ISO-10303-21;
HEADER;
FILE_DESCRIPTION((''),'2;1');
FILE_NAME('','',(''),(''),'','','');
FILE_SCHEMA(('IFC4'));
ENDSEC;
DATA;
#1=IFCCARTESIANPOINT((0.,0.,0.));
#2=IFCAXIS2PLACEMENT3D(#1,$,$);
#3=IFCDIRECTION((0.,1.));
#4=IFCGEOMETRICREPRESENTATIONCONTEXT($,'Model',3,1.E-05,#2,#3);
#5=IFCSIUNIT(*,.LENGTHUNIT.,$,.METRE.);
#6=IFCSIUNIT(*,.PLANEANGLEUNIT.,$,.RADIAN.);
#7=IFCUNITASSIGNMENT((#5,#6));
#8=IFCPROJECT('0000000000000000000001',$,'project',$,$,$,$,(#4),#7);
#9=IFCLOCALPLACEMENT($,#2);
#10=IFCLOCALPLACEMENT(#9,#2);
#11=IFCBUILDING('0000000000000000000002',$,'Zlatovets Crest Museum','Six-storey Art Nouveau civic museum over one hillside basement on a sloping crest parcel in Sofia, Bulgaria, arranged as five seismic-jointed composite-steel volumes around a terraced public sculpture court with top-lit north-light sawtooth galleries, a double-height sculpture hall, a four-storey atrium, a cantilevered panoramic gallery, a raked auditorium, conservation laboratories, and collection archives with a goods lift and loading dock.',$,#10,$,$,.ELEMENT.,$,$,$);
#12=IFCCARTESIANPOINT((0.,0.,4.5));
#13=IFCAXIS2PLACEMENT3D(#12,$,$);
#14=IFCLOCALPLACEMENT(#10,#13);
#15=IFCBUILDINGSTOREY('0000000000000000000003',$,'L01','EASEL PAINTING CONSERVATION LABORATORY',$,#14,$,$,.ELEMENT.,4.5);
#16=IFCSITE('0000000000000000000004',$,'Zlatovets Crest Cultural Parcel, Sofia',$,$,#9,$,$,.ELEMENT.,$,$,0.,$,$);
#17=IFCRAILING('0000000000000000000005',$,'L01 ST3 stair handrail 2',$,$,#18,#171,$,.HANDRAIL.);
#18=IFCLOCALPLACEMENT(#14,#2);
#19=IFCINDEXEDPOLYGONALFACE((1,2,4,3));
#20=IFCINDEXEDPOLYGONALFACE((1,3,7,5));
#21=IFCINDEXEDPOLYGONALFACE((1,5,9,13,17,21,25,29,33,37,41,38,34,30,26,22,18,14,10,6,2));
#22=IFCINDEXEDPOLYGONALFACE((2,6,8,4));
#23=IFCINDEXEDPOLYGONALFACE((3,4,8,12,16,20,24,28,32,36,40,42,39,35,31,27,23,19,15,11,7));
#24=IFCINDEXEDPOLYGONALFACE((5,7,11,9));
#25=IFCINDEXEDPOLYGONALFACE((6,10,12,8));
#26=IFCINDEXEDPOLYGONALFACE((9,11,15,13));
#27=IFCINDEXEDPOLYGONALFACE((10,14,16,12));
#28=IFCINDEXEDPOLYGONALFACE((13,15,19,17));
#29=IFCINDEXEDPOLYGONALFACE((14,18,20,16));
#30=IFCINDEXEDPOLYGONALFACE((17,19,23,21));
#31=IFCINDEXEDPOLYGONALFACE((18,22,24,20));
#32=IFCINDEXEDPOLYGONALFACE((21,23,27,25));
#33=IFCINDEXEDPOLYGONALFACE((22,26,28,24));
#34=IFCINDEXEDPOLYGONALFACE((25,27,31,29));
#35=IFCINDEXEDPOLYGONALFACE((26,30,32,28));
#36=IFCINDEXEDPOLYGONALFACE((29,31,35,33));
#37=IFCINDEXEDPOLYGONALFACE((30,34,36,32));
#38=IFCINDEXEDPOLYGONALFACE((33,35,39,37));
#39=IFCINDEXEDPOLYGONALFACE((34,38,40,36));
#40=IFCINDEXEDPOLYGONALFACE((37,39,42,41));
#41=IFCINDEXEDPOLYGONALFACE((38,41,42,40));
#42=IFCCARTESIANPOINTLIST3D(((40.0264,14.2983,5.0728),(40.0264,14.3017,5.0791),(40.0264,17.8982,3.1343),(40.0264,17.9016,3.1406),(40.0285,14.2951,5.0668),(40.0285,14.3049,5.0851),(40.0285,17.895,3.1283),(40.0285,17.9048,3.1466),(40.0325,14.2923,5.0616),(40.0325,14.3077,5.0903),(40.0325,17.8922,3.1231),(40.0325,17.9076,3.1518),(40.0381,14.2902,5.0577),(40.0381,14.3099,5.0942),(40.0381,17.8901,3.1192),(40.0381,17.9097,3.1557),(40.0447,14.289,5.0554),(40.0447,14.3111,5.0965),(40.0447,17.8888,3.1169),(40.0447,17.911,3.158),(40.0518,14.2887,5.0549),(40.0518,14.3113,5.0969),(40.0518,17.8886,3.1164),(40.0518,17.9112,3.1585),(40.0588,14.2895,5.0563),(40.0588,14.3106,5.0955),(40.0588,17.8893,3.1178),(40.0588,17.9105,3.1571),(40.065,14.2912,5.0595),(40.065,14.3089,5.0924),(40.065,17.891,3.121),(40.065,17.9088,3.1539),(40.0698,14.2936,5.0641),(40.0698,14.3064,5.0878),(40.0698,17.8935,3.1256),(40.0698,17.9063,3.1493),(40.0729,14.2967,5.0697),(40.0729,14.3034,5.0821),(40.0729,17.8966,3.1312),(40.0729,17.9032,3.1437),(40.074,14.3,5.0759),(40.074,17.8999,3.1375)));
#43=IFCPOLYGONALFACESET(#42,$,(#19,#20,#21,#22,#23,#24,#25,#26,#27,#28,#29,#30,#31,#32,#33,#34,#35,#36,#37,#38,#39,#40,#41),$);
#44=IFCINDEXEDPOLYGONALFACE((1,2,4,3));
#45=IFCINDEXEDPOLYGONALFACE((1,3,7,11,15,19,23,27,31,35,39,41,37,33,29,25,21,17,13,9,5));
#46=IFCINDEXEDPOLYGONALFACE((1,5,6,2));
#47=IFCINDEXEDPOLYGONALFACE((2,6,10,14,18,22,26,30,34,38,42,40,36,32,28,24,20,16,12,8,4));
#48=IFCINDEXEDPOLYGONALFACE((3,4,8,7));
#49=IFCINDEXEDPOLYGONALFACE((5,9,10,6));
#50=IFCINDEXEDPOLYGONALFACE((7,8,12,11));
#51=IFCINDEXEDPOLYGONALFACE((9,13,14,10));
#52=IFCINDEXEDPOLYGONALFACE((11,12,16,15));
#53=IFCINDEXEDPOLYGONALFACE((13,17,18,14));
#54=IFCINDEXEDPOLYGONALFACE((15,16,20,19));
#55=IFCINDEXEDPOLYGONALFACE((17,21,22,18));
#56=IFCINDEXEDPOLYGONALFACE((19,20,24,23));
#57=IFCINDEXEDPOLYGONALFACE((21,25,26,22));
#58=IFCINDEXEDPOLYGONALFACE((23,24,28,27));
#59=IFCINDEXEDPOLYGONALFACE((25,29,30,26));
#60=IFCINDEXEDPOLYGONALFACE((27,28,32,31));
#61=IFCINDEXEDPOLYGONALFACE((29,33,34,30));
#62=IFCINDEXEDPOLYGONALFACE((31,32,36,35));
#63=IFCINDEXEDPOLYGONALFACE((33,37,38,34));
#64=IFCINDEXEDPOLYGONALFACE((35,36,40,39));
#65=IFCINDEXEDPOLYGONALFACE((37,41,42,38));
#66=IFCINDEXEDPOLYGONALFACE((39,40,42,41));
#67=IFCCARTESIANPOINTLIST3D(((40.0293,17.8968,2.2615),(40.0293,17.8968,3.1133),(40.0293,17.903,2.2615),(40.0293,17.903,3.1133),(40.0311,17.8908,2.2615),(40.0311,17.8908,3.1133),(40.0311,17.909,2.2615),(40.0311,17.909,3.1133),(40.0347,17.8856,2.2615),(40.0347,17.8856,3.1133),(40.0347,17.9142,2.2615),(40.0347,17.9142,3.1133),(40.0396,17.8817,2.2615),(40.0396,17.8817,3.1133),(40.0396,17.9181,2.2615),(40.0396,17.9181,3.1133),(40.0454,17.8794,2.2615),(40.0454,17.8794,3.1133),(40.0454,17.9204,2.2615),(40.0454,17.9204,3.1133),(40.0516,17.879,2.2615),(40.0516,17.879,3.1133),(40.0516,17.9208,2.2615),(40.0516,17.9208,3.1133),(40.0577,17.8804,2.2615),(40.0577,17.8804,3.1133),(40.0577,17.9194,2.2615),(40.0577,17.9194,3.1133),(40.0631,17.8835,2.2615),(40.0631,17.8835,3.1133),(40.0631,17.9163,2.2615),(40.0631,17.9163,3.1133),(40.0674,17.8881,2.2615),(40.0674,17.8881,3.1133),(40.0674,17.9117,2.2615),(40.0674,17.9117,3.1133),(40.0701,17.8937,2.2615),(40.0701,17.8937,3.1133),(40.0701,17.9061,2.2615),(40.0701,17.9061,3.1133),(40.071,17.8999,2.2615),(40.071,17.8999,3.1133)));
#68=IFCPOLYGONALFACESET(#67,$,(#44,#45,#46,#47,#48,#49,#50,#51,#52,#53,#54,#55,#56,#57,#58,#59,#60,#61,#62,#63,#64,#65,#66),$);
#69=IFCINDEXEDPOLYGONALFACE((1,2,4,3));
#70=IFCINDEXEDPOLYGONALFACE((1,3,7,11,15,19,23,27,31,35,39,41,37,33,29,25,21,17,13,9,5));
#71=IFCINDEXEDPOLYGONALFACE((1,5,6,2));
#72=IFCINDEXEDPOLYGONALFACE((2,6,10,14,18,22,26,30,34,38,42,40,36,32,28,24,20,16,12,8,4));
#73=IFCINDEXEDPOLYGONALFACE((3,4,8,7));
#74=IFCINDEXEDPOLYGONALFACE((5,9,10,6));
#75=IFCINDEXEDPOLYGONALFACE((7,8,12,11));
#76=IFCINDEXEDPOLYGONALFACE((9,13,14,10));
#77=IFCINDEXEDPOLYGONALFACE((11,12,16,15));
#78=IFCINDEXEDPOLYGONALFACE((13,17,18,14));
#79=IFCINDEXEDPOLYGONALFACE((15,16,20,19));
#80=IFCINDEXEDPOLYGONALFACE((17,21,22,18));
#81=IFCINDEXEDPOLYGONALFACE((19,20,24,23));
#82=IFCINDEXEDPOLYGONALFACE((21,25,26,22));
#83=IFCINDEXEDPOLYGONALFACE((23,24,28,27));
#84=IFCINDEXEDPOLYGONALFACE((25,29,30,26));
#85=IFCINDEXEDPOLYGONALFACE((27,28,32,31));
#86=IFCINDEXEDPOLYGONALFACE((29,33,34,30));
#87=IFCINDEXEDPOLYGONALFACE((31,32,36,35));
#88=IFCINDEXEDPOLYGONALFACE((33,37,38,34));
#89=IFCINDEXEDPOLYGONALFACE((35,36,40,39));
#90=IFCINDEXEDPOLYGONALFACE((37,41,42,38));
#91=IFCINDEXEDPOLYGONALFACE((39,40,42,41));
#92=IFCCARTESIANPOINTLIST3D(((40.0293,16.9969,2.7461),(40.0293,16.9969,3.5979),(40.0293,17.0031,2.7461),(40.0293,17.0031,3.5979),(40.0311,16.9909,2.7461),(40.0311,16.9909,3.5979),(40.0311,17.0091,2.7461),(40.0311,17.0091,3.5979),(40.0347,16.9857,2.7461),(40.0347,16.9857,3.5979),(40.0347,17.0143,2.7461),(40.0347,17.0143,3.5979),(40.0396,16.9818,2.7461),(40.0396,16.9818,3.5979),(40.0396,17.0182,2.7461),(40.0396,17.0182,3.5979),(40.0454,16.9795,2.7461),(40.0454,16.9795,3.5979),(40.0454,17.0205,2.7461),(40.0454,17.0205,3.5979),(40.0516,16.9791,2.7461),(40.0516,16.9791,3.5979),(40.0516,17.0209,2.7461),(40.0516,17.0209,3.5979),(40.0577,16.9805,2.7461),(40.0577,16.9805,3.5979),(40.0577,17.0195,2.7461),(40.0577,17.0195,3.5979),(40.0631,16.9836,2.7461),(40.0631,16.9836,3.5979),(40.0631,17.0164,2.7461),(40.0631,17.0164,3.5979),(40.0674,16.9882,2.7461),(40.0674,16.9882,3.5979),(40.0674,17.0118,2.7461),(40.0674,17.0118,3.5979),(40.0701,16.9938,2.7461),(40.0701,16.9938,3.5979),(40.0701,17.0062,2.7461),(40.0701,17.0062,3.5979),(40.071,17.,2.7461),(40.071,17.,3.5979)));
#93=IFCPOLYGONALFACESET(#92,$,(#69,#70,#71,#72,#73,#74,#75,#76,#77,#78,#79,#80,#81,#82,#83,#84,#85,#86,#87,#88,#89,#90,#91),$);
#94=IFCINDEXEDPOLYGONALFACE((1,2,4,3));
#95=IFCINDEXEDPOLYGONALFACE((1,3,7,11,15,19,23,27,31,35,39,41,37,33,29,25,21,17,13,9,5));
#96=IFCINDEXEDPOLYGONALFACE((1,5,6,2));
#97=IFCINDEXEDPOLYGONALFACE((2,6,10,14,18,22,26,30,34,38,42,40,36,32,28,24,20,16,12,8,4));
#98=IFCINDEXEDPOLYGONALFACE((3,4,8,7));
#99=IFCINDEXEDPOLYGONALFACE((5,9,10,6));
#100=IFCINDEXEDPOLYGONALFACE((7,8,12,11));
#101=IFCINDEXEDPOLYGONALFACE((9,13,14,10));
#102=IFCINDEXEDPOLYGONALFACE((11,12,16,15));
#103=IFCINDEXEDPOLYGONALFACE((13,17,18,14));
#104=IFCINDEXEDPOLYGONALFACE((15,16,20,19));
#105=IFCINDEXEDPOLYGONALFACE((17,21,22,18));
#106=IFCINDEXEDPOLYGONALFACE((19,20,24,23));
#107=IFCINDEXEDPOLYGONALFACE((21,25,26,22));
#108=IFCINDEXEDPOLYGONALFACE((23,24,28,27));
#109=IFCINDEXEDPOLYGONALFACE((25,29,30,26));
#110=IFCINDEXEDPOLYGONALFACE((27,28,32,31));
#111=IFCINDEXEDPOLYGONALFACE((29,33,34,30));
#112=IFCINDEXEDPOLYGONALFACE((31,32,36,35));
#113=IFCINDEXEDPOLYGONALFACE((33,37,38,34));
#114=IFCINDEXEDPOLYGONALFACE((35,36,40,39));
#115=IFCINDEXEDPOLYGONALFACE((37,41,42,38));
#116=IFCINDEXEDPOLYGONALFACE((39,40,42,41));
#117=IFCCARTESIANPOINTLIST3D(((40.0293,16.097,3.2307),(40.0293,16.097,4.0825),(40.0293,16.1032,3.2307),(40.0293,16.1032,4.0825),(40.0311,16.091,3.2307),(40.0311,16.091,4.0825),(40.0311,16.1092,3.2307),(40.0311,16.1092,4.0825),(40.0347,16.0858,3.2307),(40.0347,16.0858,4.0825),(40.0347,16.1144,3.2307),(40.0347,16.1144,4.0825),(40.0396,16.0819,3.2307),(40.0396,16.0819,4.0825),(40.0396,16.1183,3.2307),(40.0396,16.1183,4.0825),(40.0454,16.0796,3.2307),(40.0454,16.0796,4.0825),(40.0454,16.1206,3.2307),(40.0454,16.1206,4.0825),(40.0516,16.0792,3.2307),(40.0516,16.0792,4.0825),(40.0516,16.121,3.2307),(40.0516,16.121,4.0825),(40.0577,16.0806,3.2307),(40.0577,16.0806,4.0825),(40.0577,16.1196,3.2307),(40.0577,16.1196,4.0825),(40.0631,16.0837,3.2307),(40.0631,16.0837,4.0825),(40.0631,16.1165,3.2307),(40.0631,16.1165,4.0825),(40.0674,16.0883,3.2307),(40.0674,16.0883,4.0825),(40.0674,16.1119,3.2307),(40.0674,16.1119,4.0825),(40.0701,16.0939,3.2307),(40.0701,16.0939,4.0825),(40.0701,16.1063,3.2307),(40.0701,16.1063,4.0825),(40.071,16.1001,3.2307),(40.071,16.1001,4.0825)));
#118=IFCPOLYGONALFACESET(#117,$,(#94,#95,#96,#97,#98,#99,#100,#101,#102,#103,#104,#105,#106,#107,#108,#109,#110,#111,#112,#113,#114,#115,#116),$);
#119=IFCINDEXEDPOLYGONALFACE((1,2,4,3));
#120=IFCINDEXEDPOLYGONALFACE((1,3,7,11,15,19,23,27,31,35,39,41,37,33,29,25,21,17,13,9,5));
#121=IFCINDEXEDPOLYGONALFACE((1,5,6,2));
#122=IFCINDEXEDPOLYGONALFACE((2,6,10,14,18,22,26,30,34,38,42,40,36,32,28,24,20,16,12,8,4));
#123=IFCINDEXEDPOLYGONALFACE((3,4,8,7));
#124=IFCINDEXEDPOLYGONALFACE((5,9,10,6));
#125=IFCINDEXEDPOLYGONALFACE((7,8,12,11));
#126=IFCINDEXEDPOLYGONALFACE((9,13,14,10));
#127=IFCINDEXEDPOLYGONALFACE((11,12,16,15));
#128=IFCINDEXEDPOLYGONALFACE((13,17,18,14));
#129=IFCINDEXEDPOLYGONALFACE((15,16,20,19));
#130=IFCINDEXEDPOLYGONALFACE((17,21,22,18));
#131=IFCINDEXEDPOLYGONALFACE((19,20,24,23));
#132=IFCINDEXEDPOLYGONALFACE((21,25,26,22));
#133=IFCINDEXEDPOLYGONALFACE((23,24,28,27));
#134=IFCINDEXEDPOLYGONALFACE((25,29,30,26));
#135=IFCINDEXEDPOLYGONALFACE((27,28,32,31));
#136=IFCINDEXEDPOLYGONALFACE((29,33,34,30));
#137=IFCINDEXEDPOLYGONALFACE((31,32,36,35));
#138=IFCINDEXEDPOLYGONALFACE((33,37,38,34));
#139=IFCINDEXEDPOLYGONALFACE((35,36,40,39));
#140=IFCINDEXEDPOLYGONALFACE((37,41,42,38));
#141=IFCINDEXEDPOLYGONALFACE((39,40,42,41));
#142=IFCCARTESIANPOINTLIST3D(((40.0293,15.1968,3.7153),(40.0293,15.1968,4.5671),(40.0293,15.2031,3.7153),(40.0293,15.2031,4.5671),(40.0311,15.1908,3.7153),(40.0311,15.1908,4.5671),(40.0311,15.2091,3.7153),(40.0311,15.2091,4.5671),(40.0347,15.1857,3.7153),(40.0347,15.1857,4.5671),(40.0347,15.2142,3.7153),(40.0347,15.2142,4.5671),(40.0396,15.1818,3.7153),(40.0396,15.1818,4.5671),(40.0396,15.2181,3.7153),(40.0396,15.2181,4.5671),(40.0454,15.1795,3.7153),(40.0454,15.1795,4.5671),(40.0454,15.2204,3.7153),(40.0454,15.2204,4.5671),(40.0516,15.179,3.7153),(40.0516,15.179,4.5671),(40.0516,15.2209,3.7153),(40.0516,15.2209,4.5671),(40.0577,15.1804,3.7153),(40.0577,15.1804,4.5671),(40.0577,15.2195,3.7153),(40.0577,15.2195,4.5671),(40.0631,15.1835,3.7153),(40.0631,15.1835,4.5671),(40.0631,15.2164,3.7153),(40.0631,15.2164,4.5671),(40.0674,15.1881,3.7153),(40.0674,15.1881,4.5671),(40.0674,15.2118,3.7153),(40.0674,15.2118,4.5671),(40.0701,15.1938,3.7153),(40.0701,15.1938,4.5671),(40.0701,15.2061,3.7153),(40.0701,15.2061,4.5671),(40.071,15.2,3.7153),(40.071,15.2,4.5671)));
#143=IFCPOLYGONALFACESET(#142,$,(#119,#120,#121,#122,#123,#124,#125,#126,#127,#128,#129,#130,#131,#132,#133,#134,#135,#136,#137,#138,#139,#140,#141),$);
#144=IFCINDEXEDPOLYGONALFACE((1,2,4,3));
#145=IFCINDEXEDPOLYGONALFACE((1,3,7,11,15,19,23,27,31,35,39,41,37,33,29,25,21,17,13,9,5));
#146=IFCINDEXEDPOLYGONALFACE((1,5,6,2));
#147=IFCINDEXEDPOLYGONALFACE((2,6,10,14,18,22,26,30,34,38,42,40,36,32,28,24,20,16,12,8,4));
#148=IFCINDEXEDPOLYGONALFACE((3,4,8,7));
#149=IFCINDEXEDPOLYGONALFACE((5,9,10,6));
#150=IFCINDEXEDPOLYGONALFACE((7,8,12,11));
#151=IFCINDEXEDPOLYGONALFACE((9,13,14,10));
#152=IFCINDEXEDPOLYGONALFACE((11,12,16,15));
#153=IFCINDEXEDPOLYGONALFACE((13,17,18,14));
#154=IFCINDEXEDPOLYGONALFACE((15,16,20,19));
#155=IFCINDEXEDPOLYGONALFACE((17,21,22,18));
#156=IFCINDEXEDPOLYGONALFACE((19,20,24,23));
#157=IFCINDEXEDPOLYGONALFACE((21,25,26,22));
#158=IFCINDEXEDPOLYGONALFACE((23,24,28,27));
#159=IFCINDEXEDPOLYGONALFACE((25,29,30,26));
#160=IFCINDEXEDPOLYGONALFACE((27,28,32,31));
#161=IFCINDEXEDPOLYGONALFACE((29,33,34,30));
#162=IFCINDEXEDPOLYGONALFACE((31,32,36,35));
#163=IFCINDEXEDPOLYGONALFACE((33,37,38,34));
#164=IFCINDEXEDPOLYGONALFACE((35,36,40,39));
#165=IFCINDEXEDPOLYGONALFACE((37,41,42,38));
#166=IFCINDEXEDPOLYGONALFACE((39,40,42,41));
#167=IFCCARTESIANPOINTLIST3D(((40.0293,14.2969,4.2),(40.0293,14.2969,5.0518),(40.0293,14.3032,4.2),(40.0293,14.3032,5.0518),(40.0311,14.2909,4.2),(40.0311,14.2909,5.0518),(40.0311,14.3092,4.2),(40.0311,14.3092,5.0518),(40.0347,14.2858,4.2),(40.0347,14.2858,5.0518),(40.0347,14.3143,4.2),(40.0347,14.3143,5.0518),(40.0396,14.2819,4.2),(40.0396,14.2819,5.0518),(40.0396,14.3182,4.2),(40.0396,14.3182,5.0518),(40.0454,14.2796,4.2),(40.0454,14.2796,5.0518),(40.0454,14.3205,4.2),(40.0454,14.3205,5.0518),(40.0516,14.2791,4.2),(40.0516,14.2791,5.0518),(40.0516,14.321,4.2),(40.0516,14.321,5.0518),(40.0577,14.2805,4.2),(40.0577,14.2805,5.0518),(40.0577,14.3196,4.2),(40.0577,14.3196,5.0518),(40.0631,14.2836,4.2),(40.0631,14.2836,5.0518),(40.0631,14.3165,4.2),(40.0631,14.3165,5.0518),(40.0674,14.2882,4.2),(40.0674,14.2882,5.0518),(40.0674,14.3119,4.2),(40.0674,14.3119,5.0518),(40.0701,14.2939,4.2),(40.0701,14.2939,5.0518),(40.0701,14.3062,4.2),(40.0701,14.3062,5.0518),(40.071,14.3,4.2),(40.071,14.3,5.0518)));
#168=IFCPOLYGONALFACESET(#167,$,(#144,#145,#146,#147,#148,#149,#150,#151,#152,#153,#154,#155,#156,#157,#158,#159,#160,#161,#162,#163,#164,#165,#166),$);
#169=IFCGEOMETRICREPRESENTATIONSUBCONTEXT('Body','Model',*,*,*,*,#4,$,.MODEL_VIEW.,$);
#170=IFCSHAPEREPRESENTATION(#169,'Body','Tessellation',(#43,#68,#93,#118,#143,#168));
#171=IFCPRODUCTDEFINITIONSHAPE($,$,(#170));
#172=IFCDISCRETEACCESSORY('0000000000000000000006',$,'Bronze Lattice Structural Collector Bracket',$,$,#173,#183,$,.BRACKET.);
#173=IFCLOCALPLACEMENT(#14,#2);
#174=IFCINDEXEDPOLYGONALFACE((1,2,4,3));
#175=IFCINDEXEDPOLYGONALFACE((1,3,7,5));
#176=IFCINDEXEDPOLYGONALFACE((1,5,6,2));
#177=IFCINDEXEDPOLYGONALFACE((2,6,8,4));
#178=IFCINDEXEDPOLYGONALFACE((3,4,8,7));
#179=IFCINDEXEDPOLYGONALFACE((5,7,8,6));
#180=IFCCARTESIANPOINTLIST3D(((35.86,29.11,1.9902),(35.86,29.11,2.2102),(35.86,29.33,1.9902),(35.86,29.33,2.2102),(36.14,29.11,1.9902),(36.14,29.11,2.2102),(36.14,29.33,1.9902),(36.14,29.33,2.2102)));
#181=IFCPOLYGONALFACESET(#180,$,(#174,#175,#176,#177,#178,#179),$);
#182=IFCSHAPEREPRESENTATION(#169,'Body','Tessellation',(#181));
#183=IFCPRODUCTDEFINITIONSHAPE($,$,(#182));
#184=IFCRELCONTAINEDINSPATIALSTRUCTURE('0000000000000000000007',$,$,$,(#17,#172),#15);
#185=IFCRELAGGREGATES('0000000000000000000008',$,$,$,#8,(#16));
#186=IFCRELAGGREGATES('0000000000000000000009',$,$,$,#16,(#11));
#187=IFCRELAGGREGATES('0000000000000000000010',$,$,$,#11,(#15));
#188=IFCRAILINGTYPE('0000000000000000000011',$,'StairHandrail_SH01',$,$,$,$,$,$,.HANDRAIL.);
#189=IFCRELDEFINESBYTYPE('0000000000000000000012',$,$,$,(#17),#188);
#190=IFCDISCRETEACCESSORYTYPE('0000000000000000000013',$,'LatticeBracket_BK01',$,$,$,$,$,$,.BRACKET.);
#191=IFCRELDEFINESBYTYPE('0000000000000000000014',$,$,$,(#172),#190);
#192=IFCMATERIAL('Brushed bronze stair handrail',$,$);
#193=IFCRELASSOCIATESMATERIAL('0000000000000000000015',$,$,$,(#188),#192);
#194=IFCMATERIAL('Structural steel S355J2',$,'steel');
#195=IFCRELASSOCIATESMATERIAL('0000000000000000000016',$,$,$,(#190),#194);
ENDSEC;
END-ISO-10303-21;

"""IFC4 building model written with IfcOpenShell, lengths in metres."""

from ifc_helpers import new_model, si_unit, direction, frame, origin, origin_2d, place, context, subcontext, project, spatial, rectangle, circle, extrude, material, type_object, element, save


model = new_model("IFC4")

# Units and contexts
model_context = context("Model", 3, precision=1e-05, world=origin(), true_north=direction((0.0, 1.0)))
body_context = subcontext(model_context, "Body", "Model", "MODEL_VIEW")
ifc_project = project(units=[si_unit("LENGTHUNIT", "METRE"), si_unit("PLANEANGLEUNIT", "RADIAN")], contexts=[model_context])

# Site, building, storey
site_placement = place(None, origin())
site = spatial("IfcSite", under=ifc_project, at=site_placement, Name="Zlatovets Crest Cultural Parcel, Sofia", CompositionType="ELEMENT", RefElevation=0.0)
building_placement = place(site_placement, origin())
building = spatial("IfcBuilding", under=site, at=building_placement, Name="Zlatovets Crest Museum", Description="Six-storey Art Nouveau civic museum over one hillside basement on a sloping crest parcel in Sofia, Bulgaria, arranged as five seismic-jointed composite-steel volumes around a terraced public sculpture court with top-lit north-light sawtooth galleries, a double-height sculpture hall, a four-storey atrium, a cantilevered panoramic gallery, a raked auditorium, conservation laboratories, and collection archives with a goods lift and loading dock.", CompositionType="ELEMENT")
storey_placement = place(building_placement, frame((0.0, 0.0, 4.5)))
storey = spatial("IfcBuildingStorey", under=building, at=storey_placement, Name="L01", Description="EASEL PAINTING CONSERVATION LABORATORY", CompositionType="ELEMENT", Elevation=4.5)

# Shared definitions
ifc_material_1 = material(Name="Structural steel S355J2", Category="steel")

# Railing
ifc_material_2 = material(Name="Brushed bronze stair handrail")
railing_type_1 = type_object("IfcRailingType", Name="StairHandrail_SH01", PredefinedType="HANDRAIL", material=ifc_material_2)
railing_1_placement = place(storey_placement, frame((40.05, 17.8999, 2.2615)))
element("IfcRailing", 1, at=railing_1_placement, inside=storey, type_object=railing_type_1, Name="L01 ST3 stair handrail 2", PredefinedType="HANDRAIL", context=body_context, shape_type="SweptSolid", body=[
    extrude(circle(Radius=0.0239, at=origin_2d()), frame((0.0, 0.0, 0.876), z_axis=(0.0, -0.880462, 0.474118), x_axis=(1.0, 0.0, 0.0)), (0.0, 0.0, 1.0), 4.0886),
    extrude(circle(Radius=0.021, at=origin_2d()), origin(), (0.0, 0.0, 1.0), 0.8518),
    extrude(circle(Radius=0.021, at=origin_2d()), frame((0.0, -0.8999, 0.4846)), (0.0, 0.0, 1.0), 0.8518),
    extrude(circle(Radius=0.021, at=origin_2d()), frame((0.0, -1.7998, 0.9692)), (0.0, 0.0, 1.0), 0.8518),
    extrude(circle(Radius=0.021, at=origin_2d()), frame((0.0, -2.7, 1.4539)), (0.0, 0.0, 1.0), 0.8518),
    extrude(circle(Radius=0.021, at=origin_2d()), frame((0.0, -3.5999, 1.9385)), (0.0, 0.0, 1.0), 0.8518),
])

# Discrete accessory
discrete_accessory_type = type_object("IfcDiscreteAccessoryType", Name="LatticeBracket_BK01", PredefinedType="BRACKET", material=ifc_material_1)
discrete_accessory_placement = place(storey_placement, frame((36.0, 29.22, 1.9902), z_axis=(0.0, 0.0, 1.0), x_axis=(1.0, 0.0, 0.0)))
element("IfcDiscreteAccessory", 2, at=discrete_accessory_placement, inside=storey, type_object=discrete_accessory_type, Name="Bronze Lattice Structural Collector Bracket", PredefinedType="BRACKET", context=body_context, shape_type="SweptSolid", body=[
    extrude(rectangle(XDim=0.28, YDim=0.22, at=origin_2d()), origin(), (0.0, 0.0, 1.0), 0.22),
])

save(model, "model.ifc")
